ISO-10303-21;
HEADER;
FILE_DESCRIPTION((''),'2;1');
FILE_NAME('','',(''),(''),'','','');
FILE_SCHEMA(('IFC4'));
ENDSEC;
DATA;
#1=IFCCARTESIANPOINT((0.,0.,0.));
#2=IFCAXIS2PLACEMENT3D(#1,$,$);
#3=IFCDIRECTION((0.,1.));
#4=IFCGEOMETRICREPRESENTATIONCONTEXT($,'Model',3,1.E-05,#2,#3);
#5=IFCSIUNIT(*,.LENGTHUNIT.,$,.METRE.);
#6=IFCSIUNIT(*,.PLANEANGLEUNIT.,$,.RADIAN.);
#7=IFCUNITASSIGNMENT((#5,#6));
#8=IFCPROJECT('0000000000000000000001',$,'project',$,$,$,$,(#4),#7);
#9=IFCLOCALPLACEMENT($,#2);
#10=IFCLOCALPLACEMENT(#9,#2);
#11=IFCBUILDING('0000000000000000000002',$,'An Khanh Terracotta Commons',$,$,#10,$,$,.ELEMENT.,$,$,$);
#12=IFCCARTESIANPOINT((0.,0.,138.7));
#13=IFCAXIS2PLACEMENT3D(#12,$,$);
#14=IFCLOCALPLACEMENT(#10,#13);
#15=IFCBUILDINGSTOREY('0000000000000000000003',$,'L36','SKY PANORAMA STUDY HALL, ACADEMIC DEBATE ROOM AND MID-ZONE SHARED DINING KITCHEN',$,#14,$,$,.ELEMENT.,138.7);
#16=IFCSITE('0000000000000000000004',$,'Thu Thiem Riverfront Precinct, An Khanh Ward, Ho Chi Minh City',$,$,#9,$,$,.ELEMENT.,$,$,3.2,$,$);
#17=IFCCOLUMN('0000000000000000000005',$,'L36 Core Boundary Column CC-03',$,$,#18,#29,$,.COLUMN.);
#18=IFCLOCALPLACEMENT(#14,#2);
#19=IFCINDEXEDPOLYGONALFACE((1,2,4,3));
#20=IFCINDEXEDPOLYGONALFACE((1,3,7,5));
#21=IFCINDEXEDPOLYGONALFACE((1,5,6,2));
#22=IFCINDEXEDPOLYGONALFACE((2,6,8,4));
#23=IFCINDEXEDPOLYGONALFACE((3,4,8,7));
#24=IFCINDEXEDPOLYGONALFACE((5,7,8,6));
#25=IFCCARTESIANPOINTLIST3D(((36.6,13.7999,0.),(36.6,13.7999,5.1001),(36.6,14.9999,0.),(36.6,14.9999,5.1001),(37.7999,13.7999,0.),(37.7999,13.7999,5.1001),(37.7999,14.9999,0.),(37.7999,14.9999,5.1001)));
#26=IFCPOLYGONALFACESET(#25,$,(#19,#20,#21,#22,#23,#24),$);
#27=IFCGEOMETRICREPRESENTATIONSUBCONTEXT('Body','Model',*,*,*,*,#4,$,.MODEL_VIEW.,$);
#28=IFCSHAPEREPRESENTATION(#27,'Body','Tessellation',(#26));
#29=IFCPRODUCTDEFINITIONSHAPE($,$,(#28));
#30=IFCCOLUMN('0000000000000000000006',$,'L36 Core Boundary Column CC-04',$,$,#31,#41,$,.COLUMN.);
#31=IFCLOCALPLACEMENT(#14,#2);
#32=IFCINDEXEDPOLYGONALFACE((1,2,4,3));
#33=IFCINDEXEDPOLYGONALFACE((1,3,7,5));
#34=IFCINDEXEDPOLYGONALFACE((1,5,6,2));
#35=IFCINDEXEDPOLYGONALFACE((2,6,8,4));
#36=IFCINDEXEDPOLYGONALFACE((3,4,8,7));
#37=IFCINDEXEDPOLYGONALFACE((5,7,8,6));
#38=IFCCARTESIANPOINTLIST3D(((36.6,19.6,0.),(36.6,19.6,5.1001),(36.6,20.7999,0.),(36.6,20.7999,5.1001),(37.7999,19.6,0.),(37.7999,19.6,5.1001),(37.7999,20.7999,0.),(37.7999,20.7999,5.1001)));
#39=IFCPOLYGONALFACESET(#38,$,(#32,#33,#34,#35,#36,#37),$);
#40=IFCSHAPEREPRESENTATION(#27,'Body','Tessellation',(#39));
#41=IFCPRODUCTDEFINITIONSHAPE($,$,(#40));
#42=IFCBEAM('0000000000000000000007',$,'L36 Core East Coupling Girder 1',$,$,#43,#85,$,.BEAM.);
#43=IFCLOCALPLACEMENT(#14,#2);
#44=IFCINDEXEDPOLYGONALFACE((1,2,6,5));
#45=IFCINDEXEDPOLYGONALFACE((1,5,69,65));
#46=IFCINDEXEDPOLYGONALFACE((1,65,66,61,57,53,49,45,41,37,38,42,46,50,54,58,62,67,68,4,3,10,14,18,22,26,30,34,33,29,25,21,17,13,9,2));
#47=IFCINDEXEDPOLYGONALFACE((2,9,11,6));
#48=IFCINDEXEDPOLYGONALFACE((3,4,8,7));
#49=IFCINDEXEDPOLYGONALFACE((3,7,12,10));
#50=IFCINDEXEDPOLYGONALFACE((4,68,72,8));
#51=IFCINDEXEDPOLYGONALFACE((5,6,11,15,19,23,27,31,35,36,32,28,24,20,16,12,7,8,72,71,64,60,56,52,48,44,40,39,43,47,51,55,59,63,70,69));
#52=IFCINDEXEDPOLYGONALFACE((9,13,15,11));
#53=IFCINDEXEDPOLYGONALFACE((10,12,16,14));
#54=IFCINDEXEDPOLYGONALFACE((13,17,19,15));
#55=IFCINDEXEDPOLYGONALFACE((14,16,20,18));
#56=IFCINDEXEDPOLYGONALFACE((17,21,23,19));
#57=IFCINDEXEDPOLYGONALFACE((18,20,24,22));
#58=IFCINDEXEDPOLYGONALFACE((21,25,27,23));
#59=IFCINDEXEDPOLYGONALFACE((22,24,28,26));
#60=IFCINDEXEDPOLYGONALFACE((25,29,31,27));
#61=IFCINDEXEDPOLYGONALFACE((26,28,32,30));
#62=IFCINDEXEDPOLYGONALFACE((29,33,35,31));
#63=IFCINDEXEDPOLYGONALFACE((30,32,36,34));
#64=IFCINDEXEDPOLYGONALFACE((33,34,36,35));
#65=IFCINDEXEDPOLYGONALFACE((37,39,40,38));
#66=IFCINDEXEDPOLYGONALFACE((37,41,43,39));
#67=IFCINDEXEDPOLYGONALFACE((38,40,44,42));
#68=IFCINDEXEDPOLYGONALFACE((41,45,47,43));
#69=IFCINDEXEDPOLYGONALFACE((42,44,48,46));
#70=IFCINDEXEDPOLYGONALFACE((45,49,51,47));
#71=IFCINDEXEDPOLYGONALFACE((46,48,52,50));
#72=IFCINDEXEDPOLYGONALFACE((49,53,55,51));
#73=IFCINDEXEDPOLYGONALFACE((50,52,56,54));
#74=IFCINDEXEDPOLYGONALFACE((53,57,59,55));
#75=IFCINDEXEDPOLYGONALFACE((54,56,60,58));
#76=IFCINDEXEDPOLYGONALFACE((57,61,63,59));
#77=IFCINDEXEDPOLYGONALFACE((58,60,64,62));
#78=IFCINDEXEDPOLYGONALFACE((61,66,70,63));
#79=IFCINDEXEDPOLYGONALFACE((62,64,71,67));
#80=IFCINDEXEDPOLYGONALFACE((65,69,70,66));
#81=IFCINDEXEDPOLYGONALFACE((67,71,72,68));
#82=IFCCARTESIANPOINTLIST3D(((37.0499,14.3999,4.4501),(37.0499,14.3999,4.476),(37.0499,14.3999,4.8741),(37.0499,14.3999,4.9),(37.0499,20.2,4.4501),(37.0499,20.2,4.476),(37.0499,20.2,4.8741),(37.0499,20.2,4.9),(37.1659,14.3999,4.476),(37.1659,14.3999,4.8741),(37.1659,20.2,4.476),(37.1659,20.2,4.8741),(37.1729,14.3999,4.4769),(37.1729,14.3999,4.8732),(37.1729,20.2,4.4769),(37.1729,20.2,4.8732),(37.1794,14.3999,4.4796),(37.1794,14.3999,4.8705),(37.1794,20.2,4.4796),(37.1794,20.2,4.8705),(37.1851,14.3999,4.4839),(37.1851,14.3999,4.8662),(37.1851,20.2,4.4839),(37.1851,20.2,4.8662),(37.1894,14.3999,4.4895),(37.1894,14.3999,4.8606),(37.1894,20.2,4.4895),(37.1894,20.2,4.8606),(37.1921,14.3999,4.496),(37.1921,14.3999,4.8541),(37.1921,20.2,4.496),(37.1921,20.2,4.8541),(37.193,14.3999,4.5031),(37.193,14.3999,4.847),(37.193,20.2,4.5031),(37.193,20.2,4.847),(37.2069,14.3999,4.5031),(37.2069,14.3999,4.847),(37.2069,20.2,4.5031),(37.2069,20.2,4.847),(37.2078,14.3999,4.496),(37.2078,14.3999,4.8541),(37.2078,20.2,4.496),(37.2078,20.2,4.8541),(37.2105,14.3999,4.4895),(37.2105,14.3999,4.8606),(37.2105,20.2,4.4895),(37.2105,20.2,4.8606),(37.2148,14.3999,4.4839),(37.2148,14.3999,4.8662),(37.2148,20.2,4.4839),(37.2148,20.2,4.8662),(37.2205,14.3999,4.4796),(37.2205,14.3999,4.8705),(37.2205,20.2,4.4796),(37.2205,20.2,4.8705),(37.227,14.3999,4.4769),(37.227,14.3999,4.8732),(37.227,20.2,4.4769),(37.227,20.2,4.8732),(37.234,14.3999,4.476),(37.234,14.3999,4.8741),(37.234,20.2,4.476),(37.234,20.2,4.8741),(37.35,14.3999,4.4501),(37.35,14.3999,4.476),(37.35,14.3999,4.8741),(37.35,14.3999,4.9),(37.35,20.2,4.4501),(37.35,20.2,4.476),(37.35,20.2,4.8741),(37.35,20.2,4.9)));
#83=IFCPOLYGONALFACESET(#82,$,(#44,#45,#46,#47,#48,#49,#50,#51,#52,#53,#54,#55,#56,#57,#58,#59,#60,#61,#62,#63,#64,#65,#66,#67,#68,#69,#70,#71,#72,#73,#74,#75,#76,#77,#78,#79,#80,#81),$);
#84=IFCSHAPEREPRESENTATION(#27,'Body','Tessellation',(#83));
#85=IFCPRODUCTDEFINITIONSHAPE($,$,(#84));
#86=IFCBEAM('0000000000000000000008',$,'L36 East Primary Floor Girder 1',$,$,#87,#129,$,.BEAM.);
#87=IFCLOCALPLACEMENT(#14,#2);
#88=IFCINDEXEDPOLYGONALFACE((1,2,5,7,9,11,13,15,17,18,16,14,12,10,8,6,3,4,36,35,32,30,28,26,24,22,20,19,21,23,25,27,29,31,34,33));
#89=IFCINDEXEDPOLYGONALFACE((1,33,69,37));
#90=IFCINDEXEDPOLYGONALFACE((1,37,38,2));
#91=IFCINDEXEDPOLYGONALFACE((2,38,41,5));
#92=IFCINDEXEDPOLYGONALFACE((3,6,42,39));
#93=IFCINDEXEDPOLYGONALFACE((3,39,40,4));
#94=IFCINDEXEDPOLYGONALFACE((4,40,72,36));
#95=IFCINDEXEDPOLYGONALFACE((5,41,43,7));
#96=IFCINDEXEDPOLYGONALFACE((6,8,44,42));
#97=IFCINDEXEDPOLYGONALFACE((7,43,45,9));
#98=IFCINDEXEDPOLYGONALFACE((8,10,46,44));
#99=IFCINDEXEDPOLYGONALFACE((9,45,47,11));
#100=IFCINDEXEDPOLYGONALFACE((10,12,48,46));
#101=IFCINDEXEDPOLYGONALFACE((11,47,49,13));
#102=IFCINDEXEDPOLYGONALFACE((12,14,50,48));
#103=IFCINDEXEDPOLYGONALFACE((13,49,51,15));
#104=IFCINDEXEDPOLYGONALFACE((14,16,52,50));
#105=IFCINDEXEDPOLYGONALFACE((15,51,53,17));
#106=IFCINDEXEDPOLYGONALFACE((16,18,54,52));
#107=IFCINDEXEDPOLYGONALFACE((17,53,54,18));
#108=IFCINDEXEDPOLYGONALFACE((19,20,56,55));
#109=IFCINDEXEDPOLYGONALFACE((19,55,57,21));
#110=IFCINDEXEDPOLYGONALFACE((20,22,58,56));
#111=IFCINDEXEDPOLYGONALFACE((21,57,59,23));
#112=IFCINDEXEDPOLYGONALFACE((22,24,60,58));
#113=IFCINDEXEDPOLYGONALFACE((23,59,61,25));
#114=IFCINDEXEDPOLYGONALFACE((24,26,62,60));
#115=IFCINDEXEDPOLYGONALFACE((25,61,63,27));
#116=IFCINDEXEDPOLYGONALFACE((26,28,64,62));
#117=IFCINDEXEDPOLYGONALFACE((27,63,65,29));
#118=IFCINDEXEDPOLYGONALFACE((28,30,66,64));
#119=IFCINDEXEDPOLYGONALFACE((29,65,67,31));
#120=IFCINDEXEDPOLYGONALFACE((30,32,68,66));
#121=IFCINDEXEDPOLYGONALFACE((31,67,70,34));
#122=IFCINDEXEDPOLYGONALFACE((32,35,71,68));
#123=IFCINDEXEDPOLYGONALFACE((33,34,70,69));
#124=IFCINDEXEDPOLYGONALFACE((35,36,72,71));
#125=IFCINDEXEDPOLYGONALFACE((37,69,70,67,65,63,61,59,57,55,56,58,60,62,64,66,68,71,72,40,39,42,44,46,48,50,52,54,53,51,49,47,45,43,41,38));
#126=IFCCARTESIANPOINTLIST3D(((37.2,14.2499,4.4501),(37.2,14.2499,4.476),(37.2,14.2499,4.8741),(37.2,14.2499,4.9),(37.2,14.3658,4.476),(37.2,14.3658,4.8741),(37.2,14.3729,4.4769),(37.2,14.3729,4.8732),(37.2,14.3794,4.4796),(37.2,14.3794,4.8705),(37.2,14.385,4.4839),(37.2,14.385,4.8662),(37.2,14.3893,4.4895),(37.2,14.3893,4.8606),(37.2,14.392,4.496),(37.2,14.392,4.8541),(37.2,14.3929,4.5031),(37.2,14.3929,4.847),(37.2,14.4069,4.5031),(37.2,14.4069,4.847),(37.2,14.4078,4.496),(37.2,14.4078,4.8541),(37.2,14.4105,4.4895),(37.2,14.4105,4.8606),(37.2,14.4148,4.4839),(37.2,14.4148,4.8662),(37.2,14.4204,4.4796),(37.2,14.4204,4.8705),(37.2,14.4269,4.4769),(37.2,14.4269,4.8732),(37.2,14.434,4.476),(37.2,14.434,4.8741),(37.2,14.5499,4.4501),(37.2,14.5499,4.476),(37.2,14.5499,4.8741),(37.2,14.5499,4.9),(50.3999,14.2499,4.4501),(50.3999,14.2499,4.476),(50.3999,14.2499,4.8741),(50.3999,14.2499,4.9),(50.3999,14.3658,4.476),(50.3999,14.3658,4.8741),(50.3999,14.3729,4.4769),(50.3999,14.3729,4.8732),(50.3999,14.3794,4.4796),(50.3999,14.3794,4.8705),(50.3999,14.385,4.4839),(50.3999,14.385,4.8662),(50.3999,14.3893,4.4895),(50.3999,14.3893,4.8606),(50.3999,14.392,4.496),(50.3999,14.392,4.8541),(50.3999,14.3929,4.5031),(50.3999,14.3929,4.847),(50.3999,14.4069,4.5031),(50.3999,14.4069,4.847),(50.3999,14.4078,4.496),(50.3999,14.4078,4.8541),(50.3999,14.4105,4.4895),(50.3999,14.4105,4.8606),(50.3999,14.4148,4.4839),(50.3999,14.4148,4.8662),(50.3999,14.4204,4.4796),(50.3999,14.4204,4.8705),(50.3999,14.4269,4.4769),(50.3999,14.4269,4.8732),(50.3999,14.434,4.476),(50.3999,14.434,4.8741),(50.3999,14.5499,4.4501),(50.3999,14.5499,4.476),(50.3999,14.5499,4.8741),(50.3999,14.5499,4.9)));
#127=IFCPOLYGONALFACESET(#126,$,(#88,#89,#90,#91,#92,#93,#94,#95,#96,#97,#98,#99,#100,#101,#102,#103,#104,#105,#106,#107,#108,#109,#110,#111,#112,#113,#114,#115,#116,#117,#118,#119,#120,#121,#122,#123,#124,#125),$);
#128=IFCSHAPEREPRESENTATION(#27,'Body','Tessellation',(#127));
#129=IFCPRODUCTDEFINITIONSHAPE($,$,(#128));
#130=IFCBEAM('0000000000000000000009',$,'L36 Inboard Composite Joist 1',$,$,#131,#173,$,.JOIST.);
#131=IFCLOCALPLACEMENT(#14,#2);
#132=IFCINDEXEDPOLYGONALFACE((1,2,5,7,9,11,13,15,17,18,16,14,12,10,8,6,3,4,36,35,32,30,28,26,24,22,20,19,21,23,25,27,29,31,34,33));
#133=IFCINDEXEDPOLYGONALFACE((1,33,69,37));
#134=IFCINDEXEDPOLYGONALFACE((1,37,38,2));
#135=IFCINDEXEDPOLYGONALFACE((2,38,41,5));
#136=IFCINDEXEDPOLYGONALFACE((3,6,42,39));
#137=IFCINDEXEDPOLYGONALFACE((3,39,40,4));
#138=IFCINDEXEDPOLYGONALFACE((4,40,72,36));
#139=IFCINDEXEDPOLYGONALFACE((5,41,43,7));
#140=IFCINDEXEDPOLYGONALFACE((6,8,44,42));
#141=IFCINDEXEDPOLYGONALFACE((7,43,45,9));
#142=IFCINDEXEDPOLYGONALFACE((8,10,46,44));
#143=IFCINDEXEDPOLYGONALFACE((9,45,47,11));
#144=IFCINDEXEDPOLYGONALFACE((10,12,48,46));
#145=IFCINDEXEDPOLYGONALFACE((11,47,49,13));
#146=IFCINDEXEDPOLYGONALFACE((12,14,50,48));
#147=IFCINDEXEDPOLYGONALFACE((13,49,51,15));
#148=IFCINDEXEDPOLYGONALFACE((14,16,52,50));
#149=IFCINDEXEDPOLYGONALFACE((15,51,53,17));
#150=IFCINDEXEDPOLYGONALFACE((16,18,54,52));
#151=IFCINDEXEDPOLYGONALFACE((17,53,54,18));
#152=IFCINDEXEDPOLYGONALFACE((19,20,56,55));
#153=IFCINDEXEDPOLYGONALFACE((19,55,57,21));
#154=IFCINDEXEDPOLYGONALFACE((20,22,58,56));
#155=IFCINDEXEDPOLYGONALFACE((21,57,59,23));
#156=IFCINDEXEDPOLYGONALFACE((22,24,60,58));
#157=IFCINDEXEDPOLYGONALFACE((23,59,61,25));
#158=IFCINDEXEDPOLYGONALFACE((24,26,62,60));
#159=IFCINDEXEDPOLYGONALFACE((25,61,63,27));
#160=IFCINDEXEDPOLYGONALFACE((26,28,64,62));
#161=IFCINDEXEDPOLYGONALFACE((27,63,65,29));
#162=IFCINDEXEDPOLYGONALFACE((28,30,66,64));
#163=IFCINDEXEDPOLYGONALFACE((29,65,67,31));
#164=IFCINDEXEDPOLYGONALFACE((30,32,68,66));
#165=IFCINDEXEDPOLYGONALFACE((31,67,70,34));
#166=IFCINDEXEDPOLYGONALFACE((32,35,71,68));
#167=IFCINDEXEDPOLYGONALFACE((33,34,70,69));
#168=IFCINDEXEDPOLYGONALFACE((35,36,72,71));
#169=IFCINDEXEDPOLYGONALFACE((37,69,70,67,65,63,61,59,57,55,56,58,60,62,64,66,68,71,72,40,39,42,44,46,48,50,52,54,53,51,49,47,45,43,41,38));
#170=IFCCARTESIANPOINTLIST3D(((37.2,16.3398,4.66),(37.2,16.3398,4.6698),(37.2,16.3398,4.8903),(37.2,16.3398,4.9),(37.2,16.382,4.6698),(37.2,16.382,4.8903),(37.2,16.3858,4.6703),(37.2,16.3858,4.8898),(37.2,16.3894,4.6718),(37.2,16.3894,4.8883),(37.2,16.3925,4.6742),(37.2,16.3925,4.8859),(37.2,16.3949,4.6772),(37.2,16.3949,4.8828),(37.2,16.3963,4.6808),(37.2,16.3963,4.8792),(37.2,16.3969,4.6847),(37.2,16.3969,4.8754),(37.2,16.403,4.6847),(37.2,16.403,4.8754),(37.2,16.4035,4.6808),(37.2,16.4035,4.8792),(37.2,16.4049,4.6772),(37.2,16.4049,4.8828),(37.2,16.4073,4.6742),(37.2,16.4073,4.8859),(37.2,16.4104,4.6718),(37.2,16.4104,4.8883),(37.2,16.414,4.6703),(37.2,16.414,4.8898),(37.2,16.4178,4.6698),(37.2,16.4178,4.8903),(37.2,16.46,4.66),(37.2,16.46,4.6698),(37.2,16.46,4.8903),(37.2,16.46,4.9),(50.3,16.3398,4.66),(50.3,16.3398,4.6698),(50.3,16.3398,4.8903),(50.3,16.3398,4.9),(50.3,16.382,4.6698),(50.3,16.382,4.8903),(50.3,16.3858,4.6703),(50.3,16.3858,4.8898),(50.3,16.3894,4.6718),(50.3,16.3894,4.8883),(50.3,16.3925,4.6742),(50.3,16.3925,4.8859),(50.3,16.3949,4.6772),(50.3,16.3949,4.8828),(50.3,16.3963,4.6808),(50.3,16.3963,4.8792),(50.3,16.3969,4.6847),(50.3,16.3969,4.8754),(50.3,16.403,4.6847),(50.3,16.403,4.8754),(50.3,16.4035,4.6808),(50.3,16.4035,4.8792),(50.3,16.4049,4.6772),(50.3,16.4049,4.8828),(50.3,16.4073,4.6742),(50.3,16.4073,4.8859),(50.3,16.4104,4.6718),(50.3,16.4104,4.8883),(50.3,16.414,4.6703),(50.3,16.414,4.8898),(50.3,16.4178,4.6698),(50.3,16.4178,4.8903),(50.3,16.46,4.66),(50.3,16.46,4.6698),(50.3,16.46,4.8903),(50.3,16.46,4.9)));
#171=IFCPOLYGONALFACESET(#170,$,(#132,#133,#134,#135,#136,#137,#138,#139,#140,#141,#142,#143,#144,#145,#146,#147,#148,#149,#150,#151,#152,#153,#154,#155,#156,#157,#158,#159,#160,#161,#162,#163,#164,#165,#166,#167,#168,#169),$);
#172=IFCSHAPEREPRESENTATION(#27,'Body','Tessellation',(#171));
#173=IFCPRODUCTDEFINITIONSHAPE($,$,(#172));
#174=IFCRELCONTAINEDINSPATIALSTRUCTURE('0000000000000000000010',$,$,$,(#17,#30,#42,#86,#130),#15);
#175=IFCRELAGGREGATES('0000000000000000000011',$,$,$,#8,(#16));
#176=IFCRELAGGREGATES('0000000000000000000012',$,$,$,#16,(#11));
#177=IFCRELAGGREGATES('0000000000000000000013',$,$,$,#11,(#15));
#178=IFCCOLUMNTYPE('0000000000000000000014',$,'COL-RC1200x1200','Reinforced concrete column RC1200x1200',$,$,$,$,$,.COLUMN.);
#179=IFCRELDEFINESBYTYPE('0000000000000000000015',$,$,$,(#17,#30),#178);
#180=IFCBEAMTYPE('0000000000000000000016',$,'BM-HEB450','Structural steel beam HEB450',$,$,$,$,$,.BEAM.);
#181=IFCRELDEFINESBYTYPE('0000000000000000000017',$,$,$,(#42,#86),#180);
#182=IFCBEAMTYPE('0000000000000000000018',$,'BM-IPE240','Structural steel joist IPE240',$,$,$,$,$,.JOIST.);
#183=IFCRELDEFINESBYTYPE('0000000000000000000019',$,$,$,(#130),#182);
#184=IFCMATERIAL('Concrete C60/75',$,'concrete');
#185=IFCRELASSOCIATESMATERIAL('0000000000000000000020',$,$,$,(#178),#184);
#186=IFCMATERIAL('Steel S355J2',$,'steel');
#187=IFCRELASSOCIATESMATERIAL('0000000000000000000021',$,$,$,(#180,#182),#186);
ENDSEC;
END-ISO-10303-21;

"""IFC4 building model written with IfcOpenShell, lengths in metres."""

from ifc_helpers import new_model, si_unit, direction, frame, origin, origin_2d, place, context, subcontext, project, spatial, rectangle, i_section, extrude, material, material_profile, profile_set, type_object, element, save


model = new_model("IFC4")

# Units and contexts
model_context = context("Model", 3, precision=1e-05, world=origin(), true_north=direction((0.0, 1.0)))
body_context = subcontext(model_context, "Body", "Model", "MODEL_VIEW")
ifc_project = project(units=[si_unit("LENGTHUNIT", "METRE"), si_unit("PLANEANGLEUNIT", "RADIAN")], contexts=[model_context])

# Site, building, storey
site_placement = place(None, origin())
site = spatial("IfcSite", under=ifc_project, at=site_placement, Name="Thu Thiem Riverfront Precinct, An Khanh Ward, Ho Chi Minh City", CompositionType="ELEMENT", RefElevation=3.2)
building_placement = place(site_placement, origin())
building = spatial("IfcBuilding", under=site, at=building_placement, Name="An Khanh Terracotta Commons", CompositionType="ELEMENT")
storey_placement = place(building_placement, frame((0.0, 0.0, 138.7)))
storey = spatial("IfcBuildingStorey", under=building, at=storey_placement, Name="L36", Description="SKY PANORAMA STUDY HALL, ACADEMIC DEBATE ROOM AND MID-ZONE SHARED DINING KITCHEN", CompositionType="ELEMENT", Elevation=138.7)

# Columns
ifc_material_1 = material(Name="Concrete C60/75", Category="concrete")
ifc_material_profile_1 = material_profile(ifc_material_1, rectangle(XDim=1.2, YDim=1.2, at=origin_2d()), Name="RC1200x1200")
ifc_profile_set_1 = profile_set([ifc_material_profile_1], Name="Concrete C60/75")
column_type = type_object("IfcColumnType", Name="COL-RC1200x1200", Description="Reinforced concrete column RC1200x1200", PredefinedType="COLUMN", material=ifc_profile_set_1)
for number, where, z_axis, x_axis, name in (
    (1, (37.2, 14.3999, 0.0), (0.0, 0.0, 1.0), (1.0, 0.0, 0.0), "L36 Core Boundary Column CC-03"),
    (2, (37.2, 20.2, 0.0), (0.0, 0.0, 1.0), (1.0, 0.0, 0.0), "L36 Core Boundary Column CC-04"),
):
    element("IfcColumn", number, at=place(storey_placement, frame(where, z_axis=z_axis, x_axis=x_axis)), inside=storey, type_object=column_type, Name=name, PredefinedType="COLUMN", context=body_context, shape_type="SweptSolid", body=[
        extrude(rectangle(XDim=1.2, YDim=1.2, at=origin_2d()), origin(), (0.0, 0.0, 1.0), 5.1001),
    ])

# Beams
ifc_material_2 = material(Name="Steel S355J2", Category="steel")
ifc_material_profile_2 = material_profile(ifc_material_2, i_section(OverallWidth=0.3, OverallDepth=0.45, WebThickness=0.0139, FlangeThickness=0.0259, FilletRadius=0.0271, at=origin_2d()), Name="HEB450")
ifc_profile_set_2 = profile_set([ifc_material_profile_2], Name="Steel S355J2")
beam_type_1 = type_object("IfcBeamType", Name="BM-HEB450", Description="Structural steel beam HEB450", PredefinedType="BEAM", material=ifc_profile_set_2)
beam_1_placement = place(storey_placement, frame((37.2, 14.3999, 4.675), z_axis=(0.0, 1.0, 0.0), x_axis=(-1.0, 0.0, 0.0)))
element("IfcBeam", 3, at=beam_1_placement, inside=storey, type_object=beam_type_1, Name="L36 Core East Coupling Girder 1", PredefinedType="BEAM", context=body_context, shape_type="SweptSolid", body=[
    extrude(i_section(OverallWidth=0.3, OverallDepth=0.45, WebThickness=0.0139, FlangeThickness=0.0259, FilletRadius=0.0271, at=origin_2d()), origin(), (0.0, 0.0, 1.0), 5.8),
])
beam_2_placement = place(storey_placement, frame((37.2, 14.3999, 4.675), z_axis=(1.0, 0.0, 0.0), x_axis=(0.0, 1.0, 0.0)))
element("IfcBeam", 4, at=beam_2_placement, inside=storey, type_object=beam_type_1, Name="L36 East Primary Floor Girder 1", PredefinedType="BEAM", context=body_context, shape_type="SweptSolid", body=[
    extrude(i_section(OverallWidth=0.3, OverallDepth=0.45, WebThickness=0.0139, FlangeThickness=0.0259, FilletRadius=0.0271, at=origin_2d()), origin(), (0.0, 0.0, 1.0), 13.2),
])
ifc_material_profile_3 = material_profile(ifc_material_2, i_section(OverallWidth=0.1201, OverallDepth=0.24, WebThickness=0.0061, FlangeThickness=0.0098, FilletRadius=0.0149, at=origin_2d()), Name="IPE240")
ifc_profile_set_3 = profile_set([ifc_material_profile_3], Name="Steel S355J2")
beam_type_2 = type_object("IfcBeamType", Name="BM-IPE240", Description="Structural steel joist IPE240", PredefinedType="JOIST", material=ifc_profile_set_3)
for number, where, z_axis, x_axis, name in (
    (5, (37.2, 16.3999, 4.78), (1.0, 0.0, 0.0), (0.0, 1.0, 0.0), "L36 Inboard Composite Joist 1"),
):
    element("IfcBeam", number, at=place(storey_placement, frame(where, z_axis=z_axis, x_axis=x_axis)), inside=storey, type_object=beam_type_2, Name=name, PredefinedType="JOIST", context=body_context, shape_type="SweptSolid", body=[
        extrude(i_section(OverallWidth=0.1201, OverallDepth=0.24, WebThickness=0.0061, FlangeThickness=0.0098, FilletRadius=0.0149, at=origin_2d()), origin(), (0.0, 0.0, 1.0), 13.1001),
    ])

save(model, "model.ifc")
